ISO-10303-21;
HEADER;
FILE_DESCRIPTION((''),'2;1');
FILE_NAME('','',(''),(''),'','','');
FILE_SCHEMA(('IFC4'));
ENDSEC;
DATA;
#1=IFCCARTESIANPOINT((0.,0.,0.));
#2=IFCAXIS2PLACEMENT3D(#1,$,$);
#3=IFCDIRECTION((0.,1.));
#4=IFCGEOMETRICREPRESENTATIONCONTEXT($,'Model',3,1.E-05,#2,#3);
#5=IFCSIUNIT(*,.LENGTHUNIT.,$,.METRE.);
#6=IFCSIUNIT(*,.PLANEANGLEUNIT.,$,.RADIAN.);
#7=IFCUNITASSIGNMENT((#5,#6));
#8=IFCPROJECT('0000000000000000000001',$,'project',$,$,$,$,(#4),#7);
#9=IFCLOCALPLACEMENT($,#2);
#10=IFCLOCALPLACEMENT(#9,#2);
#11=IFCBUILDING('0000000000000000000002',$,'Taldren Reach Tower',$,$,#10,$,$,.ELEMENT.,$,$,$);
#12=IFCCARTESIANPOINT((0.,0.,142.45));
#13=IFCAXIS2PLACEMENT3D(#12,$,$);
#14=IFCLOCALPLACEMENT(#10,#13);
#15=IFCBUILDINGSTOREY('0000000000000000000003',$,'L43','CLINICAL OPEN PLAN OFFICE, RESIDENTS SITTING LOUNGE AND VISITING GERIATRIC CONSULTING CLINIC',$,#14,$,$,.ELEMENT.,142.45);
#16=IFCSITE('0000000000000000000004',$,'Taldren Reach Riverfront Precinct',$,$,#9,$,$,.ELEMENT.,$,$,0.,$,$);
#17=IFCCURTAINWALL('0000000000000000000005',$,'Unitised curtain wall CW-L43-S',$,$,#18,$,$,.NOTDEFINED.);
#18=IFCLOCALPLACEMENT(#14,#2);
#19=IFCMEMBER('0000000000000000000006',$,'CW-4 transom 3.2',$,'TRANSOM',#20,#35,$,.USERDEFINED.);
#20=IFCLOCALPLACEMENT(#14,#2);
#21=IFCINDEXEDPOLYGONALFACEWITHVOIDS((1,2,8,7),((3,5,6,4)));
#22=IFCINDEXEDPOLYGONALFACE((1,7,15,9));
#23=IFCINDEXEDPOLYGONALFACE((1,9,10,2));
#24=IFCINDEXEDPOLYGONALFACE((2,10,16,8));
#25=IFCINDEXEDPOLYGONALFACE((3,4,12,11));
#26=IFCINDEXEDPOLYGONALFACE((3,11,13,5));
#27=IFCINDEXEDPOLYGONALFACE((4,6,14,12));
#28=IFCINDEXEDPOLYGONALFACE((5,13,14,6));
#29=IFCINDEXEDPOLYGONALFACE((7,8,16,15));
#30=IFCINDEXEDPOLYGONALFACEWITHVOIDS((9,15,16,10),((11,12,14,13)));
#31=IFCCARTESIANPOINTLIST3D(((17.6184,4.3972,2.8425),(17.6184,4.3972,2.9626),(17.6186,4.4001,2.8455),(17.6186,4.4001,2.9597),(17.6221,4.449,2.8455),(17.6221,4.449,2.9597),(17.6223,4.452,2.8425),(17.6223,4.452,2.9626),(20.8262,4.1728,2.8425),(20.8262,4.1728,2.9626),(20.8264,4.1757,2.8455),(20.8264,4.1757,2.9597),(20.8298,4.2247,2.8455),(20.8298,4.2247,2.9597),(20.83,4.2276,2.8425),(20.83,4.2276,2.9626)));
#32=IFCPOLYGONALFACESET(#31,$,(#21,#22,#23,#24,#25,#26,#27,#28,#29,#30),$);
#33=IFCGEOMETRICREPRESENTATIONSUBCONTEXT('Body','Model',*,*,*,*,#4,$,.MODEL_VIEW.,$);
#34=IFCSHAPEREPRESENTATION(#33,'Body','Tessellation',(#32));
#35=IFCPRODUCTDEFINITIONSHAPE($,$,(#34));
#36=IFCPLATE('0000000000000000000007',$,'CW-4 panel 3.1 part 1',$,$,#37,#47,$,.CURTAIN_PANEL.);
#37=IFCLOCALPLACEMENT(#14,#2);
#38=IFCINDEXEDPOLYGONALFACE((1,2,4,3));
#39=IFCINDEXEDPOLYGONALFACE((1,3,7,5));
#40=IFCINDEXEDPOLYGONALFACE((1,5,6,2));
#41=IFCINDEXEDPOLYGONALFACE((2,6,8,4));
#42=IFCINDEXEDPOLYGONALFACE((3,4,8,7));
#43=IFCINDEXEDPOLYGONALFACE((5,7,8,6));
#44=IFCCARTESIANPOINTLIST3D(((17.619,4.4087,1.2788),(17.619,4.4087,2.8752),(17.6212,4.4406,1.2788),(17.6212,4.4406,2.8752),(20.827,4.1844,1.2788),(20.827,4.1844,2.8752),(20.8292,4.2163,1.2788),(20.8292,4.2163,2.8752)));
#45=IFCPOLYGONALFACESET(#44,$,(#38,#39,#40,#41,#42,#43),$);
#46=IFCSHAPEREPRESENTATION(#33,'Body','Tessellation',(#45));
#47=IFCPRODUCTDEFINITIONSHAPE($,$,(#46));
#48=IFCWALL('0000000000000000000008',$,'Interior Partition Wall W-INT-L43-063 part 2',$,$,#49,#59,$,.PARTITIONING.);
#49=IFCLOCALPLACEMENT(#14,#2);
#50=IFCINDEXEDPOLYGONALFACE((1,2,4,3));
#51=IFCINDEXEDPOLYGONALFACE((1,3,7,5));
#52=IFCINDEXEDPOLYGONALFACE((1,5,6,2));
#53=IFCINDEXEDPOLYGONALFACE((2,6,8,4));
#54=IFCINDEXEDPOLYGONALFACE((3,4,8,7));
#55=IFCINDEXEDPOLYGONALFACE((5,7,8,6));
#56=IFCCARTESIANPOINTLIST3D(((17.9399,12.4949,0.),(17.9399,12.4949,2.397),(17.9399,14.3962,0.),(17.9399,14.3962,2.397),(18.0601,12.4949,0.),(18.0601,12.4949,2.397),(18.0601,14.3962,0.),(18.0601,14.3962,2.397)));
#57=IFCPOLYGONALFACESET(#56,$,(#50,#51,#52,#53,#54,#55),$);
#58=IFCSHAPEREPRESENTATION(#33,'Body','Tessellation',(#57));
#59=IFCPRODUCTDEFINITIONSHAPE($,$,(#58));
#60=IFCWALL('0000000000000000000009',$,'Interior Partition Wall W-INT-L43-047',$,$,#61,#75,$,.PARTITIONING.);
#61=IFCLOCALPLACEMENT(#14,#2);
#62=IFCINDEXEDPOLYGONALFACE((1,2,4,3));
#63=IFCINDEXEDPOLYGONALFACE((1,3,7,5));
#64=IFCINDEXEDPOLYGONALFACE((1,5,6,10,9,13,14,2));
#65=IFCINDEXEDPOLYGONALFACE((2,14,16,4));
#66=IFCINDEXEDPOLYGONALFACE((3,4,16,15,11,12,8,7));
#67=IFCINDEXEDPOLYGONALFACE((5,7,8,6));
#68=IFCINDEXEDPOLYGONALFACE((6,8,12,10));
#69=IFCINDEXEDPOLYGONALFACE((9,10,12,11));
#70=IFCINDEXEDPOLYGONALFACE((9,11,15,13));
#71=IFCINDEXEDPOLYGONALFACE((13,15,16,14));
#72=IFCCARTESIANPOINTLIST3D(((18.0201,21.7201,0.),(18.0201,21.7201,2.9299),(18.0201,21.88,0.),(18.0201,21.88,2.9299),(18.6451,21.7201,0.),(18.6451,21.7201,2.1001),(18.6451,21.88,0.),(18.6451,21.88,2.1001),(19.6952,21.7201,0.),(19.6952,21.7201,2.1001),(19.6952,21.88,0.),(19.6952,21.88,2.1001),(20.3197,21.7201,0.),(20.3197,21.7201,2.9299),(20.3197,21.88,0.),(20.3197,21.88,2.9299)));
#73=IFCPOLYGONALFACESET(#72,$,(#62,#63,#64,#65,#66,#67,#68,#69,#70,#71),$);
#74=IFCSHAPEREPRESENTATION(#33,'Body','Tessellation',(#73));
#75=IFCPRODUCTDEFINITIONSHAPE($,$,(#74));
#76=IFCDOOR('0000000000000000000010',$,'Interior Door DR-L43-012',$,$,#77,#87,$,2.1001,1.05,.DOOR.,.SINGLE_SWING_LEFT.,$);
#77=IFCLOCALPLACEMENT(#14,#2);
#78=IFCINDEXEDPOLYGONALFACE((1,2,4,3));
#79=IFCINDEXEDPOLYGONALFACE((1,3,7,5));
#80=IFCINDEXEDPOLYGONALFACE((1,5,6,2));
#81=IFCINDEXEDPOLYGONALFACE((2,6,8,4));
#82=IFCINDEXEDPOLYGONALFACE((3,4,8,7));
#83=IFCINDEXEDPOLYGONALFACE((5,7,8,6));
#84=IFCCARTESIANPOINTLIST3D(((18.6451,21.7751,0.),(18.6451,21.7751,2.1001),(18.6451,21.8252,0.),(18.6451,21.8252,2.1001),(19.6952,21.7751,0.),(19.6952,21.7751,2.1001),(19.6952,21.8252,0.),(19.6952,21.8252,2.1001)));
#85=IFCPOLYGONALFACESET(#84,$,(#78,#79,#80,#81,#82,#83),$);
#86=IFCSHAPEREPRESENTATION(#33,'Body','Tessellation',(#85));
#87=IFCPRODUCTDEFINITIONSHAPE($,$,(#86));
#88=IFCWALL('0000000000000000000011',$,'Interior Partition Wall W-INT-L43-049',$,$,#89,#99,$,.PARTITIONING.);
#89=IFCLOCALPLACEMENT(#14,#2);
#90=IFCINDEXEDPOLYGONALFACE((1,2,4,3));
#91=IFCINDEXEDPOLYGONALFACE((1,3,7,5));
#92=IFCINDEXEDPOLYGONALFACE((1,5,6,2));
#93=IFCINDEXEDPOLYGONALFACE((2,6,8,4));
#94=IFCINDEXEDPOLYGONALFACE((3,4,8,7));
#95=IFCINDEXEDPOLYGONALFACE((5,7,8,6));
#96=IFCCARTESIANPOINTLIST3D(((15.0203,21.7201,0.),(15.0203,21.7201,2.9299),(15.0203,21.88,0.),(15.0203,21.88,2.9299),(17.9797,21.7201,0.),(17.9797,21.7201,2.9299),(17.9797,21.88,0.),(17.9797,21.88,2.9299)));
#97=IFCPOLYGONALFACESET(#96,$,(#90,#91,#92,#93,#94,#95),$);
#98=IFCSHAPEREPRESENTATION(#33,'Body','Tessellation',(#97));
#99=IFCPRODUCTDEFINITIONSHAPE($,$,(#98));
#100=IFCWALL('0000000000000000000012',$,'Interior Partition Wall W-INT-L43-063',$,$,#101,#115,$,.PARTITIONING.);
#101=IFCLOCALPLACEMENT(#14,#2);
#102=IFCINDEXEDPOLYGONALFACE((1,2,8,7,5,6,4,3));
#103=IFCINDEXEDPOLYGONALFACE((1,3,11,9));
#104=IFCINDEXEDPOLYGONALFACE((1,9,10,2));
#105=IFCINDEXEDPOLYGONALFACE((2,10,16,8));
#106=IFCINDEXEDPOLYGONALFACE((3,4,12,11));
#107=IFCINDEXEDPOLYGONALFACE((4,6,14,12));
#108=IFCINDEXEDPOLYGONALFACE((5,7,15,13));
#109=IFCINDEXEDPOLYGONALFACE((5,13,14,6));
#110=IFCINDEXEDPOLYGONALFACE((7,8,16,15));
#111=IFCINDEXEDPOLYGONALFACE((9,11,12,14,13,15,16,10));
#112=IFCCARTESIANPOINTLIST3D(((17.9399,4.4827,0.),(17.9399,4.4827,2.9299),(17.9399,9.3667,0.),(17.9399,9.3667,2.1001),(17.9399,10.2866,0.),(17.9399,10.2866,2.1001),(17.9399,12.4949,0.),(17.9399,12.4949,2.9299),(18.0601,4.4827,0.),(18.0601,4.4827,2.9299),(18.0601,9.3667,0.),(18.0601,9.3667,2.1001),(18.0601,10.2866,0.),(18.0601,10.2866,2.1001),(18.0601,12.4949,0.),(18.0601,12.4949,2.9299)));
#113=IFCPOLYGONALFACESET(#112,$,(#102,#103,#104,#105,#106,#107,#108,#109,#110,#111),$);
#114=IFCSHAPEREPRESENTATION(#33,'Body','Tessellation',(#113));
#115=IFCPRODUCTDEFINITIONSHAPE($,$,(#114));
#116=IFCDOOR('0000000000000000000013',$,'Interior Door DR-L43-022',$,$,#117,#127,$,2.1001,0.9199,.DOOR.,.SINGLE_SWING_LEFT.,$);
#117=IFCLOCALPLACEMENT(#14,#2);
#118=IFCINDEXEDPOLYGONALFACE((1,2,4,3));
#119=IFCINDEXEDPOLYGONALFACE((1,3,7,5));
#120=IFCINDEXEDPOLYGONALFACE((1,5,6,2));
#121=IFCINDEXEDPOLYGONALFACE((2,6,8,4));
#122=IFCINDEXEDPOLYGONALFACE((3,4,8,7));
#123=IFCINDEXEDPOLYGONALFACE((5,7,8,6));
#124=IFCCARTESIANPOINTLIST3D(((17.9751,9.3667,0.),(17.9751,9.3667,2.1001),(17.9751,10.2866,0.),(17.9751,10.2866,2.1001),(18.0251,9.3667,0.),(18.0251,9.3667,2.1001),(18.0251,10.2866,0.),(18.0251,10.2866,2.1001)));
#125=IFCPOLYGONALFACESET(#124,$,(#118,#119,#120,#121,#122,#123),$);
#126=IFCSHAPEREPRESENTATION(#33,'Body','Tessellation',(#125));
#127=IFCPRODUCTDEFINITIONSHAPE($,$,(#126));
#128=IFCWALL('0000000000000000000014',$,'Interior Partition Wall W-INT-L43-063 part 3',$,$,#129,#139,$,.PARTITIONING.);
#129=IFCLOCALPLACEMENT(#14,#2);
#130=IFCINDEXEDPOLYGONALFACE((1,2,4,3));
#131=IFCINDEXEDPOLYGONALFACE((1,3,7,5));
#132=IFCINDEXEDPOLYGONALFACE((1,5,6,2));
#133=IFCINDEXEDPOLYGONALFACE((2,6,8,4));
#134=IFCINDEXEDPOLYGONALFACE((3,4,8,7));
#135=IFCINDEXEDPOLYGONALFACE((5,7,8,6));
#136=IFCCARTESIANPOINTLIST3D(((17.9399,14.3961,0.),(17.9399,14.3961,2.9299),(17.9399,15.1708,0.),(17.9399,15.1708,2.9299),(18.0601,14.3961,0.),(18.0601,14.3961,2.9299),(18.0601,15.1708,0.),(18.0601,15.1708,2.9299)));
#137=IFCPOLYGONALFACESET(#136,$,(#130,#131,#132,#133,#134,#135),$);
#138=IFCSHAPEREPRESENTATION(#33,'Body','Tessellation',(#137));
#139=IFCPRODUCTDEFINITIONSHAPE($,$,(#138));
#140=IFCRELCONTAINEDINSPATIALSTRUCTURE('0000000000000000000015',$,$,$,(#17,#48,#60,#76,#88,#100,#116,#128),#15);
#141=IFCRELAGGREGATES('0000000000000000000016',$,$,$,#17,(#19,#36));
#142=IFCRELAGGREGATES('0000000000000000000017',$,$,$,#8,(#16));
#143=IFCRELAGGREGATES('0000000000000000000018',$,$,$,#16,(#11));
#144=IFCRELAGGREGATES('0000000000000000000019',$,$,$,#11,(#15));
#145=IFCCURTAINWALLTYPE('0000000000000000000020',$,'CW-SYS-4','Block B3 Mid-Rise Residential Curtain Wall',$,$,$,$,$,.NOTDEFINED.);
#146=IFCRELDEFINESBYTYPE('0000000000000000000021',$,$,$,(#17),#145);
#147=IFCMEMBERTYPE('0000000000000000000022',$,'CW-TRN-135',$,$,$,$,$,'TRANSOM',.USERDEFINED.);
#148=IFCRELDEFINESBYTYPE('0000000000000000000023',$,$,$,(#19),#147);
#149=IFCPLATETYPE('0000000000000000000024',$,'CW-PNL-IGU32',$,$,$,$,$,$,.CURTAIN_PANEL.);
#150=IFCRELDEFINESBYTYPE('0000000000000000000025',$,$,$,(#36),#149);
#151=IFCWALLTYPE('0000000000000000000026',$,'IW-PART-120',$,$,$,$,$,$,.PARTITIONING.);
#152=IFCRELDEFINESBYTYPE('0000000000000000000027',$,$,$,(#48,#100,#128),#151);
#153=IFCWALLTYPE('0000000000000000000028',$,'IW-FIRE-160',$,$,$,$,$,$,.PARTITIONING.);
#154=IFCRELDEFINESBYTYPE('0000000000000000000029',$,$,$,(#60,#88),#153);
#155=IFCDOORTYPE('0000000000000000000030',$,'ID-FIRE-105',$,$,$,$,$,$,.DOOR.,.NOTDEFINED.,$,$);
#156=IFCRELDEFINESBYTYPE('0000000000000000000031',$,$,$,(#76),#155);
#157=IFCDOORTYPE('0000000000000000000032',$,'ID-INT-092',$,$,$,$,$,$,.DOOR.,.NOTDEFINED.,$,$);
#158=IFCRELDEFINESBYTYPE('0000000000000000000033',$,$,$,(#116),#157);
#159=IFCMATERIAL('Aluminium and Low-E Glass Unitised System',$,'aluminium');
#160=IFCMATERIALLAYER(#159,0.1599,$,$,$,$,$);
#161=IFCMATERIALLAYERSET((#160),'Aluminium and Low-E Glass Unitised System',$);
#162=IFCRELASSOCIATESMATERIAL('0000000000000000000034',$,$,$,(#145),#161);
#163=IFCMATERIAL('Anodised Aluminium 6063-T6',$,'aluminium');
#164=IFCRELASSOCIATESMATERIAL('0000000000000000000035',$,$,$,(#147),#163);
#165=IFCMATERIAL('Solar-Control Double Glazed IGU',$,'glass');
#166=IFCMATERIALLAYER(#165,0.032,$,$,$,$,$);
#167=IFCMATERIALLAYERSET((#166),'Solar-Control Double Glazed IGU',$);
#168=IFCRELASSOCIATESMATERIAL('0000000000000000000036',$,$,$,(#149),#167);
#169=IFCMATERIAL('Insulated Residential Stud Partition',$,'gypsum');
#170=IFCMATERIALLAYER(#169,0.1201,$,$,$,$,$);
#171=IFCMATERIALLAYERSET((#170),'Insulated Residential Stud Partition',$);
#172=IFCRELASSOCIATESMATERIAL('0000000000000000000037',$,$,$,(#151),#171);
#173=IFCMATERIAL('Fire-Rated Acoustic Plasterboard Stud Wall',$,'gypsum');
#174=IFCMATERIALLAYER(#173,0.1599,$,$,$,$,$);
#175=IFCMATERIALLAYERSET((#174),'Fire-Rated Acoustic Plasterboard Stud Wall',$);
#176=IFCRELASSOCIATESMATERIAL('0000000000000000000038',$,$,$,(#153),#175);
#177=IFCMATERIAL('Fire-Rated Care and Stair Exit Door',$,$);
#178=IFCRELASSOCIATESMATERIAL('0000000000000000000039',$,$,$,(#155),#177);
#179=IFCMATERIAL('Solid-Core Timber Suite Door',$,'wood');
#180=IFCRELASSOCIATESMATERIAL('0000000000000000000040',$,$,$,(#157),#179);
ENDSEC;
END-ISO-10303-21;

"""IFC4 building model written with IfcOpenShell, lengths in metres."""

from ifc_helpers import new_model, si_unit, direction, frame, frame_2d, origin, origin_2d, place, context, subcontext, project, spatial, rectangle, hollow_rectangle, extrude, source, transform, mapped, material, layer, layer_set, material_profile, profile_set, type_object, element, fill, aggregate, save


model = new_model("IFC4")

# Units and contexts
model_context = context("Model", 3, precision=1e-05, world=origin(), true_north=direction((0.0, 1.0)))
body_context = subcontext(model_context, "Body", "Model", "MODEL_VIEW")
ifc_project = project(units=[si_unit("LENGTHUNIT", "METRE"), si_unit("PLANEANGLEUNIT", "RADIAN")], contexts=[model_context])

# Site, building, storey
site_placement = place(None, origin())
site = spatial("IfcSite", under=ifc_project, at=site_placement, Name="Taldren Reach Riverfront Precinct", CompositionType="ELEMENT", RefElevation=0.0)
building_placement = place(site_placement, origin())
building = spatial("IfcBuilding", under=site, at=building_placement, Name="Taldren Reach Tower", CompositionType="ELEMENT")
storey_placement = place(building_placement, frame((0.0, 0.0, 142.45)))
storey = spatial("IfcBuildingStorey", under=building, at=storey_placement, Name="L43", Description="CLINICAL OPEN PLAN OFFICE, RESIDENTS SITTING LOUNGE AND VISITING GERIATRIC CONSULTING CLINIC", CompositionType="ELEMENT", Elevation=142.45)

# Curtain wall, member, plate
ifc_material_1 = material(Name="Aluminium and Low-E Glass Unitised System", Category="aluminium")
ifc_layer_1 = layer(ifc_material_1, 0.1599)
ifc_layer_set_1 = layer_set([ifc_layer_1], Name="Aluminium and Low-E Glass Unitised System")
curtain_wall_type = type_object("IfcCurtainWallType", Name="CW-SYS-4", Description="Block B3 Mid-Rise Residential Curtain Wall", PredefinedType="NOTDEFINED", material=ifc_layer_set_1)
curtain_wall_placement = place(storey_placement, origin())
curtain_wall = element("IfcCurtainWall", 1, at=curtain_wall_placement, inside=storey, type_object=curtain_wall_type, Name="Unitised curtain wall CW-L43-S", PredefinedType="NOTDEFINED")
ifc_material_2 = material(Name="Anodised Aluminium 6063-T6", Category="aluminium")
ifc_material_profile_1 = material_profile(ifc_material_2, hollow_rectangle(XDim=0.0549, YDim=0.1201, WallThickness=0.0029, at=origin_2d()), Name="ALU-120x55x3RHS")
ifc_profile_set_1 = profile_set([ifc_material_profile_1], Name="Anodised Aluminium 6063-T6")
member_type_1 = type_object("IfcMemberType", Name="CW-TRN-135", ElementType="TRANSOM", PredefinedType="USERDEFINED", material=ifc_profile_set_1)
shared_shape_1 = source(origin(), body_context, "Body", "SweptSolid", [
    extrude(hollow_rectangle(XDim=0.0549, YDim=0.1201, WallThickness=0.0029, at=origin_2d()), origin(), (0.0, 0.0, 1.0), 3.2156),
])
member_1_placement = place(storey_placement, frame((17.6204, 4.4246, 2.9026), z_axis=(0.997563, -0.069774, 0.0), x_axis=(0.069774, 0.997563, 0.0)))
member_1 = element("IfcMember", 2, at=member_1_placement, type_object=member_type_1, Name="CW-4 transom 3.2", ObjectType="TRANSOM", PredefinedType="USERDEFINED", context=body_context, shape_type="MappedRepresentation", body=[
    mapped(shared_shape_1, transform((0.0, 0.0, 0.0), scale=1.0)),
])
ifc_material_3 = material(Name="Solar-Control Double Glazed IGU", Category="glass")
ifc_layer_2 = layer(ifc_material_3, 0.032)
ifc_layer_set_2 = layer_set([ifc_layer_2], Name="Solar-Control Double Glazed IGU")
plate_type = type_object("IfcPlateType", Name="CW-PNL-IGU32", PredefinedType="CURTAIN_PANEL", material=ifc_layer_set_2)
shared_shape_2 = source(origin(), body_context, "Body", "SweptSolid", [
    extrude(rectangle(XDim=3.2158, YDim=0.032, at=origin_2d()), origin(), (0.0, 0.0, 1.0), 1.5964),
])
plate_placement = place(storey_placement, frame((19.2241, 4.3125, 1.2788), z_axis=(0.0, 0.0, 1.0), x_axis=(0.997564, -0.069757, 0.0)))
plate = element("IfcPlate", 3, at=plate_placement, type_object=plate_type, Name="CW-4 panel 3.1 part 1", PredefinedType="CURTAIN_PANEL", context=body_context, shape_type="MappedRepresentation", body=[
    mapped(shared_shape_2, transform((0.0, 0.0, 0.0), scale=1.0)),
])
aggregate(curtain_wall, [member_1, plate])

# Wall
ifc_material_4 = material(Name="Insulated Residential Stud Partition", Category="gypsum")
ifc_layer_3 = layer(ifc_material_4, 0.1201)
ifc_layer_set_3 = layer_set([ifc_layer_3], Name="Insulated Residential Stud Partition")
wall_type_1 = type_object("IfcWallType", Name="IW-PART-120", PredefinedType="PARTITIONING", material=ifc_layer_set_3)
shared_shape_3 = source(origin(), body_context, "Body", "SweptSolid", [
    extrude(rectangle(XDim=1.9014, YDim=0.1201, at=frame_2d((0.9507, 0.0))), origin(), (0.0, 0.0, 1.0), 2.397),
])
wall_1_placement = place(storey_placement, frame((18.0, 12.4949, 0.0), z_axis=(0.0, 0.0, 1.0), x_axis=(0.0, 1.0, 0.0)))
element("IfcWall", 4, at=wall_1_placement, inside=storey, type_object=wall_type_1, Name="Interior Partition Wall W-INT-L43-063 part 2", PredefinedType="PARTITIONING", context=body_context, shape_type="MappedRepresentation", body=[
    mapped(shared_shape_3, transform((0.0, 0.0, 0.0), scale=1.0)),
])

# Wall, opening, door
ifc_material_5 = material(Name="Fire-Rated Acoustic Plasterboard Stud Wall", Category="gypsum")
ifc_layer_4 = layer(ifc_material_5, 0.1599)
ifc_layer_set_4 = layer_set([ifc_layer_4], Name="Fire-Rated Acoustic Plasterboard Stud Wall")
wall_type_2 = type_object("IfcWallType", Name="IW-FIRE-160", PredefinedType="PARTITIONING", material=ifc_layer_set_4)
shared_shape_4 = source(origin(), body_context, "Body", "SweptSolid", [
    extrude(rectangle(XDim=2.2996, YDim=0.1599, at=frame_2d((1.1499, 0.0))), origin(), (0.0, 0.0, 1.0), 2.9299),
])
wall_2_placement = place(storey_placement, frame((20.3198, 21.8, 0.0), z_axis=(0.0, 0.0, 1.0), x_axis=(-1.0, 0.0, 0.0)))
wall_2 = element("IfcWall", 5, at=wall_2_placement, inside=storey, type_object=wall_type_2, Name="Interior Partition Wall W-INT-L43-047", PredefinedType="PARTITIONING", context=body_context, shape_type="MappedRepresentation", body=[
    mapped(shared_shape_4, transform((0.0, 0.0, 0.0), scale=1.0)),
])
shared_shape_5 = source(origin(), body_context, "Body", "SweptSolid", [
    extrude(rectangle(XDim=1.05, YDim=2.1001, at=frame_2d((0.5249, 1.05))), frame((0.0, 0.0898, 0.0), z_axis=(0.0, -1.0, 0.0), x_axis=(1.0, 0.0, 0.0)), (0.0, 0.0, 1.0), 0.1799),
])
opening_1_placement = place(wall_2_placement, frame((0.6248, 0.0, 0.0)))
opening_1 = element("IfcOpeningElement", 6, at=opening_1_placement, cuts=wall_2, PredefinedType="OPENING", context=body_context, shape_type="MappedRepresentation", body=[
    mapped(shared_shape_5, transform((0.0, 0.0, 0.0), scale=1.0)),
])
ifc_material_6 = material(Name="Fire-Rated Care and Stair Exit Door")
door_type_1 = type_object("IfcDoorType", Name="ID-FIRE-105", OperationType="NOTDEFINED", PredefinedType="DOOR", material=ifc_material_6)
shared_shape_6 = source(origin(), body_context, "Body", "SweptSolid", [
    extrude(rectangle(XDim=1.05, YDim=2.1001, at=frame_2d((0.5249, 1.05))), frame((0.0, 0.0249, 0.0), z_axis=(0.0, -1.0, 0.0), x_axis=(1.0, 0.0, 0.0)), (0.0, 0.0, 1.0), 0.05),
])
door_1_placement = place(opening_1_placement, origin())
door_1 = element("IfcDoor", 7, at=door_1_placement, inside=storey, type_object=door_type_1, Name="Interior Door DR-L43-012", OperationType="SINGLE_SWING_LEFT", OverallHeight=2.1001, OverallWidth=1.05, PredefinedType="DOOR", context=body_context, shape_type="MappedRepresentation", body=[
    mapped(shared_shape_6, transform((0.0, 0.0, 0.0), scale=1.0)),
])
fill(opening_1, door_1)

# Wall
shared_shape_7 = source(origin(), body_context, "Body", "SweptSolid", [
    extrude(rectangle(XDim=2.9595, YDim=0.1599, at=frame_2d((1.4797, 0.0))), origin(), (0.0, 0.0, 1.0), 2.9299),
])
wall_3_placement = place(storey_placement, frame((17.9797, 21.8, 0.0), z_axis=(0.0, 0.0, 1.0), x_axis=(-1.0, 0.0, 0.0)))
element("IfcWall", 8, at=wall_3_placement, inside=storey, type_object=wall_type_2, Name="Interior Partition Wall W-INT-L43-049", PredefinedType="PARTITIONING", context=body_context, shape_type="MappedRepresentation", body=[
    mapped(shared_shape_7, transform((0.0, 0.0, 0.0), scale=1.0)),
])

# Wall, opening, door
shared_shape_8 = source(origin(), body_context, "Body", "SweptSolid", [
    extrude(rectangle(XDim=8.0122, YDim=0.1201, at=frame_2d((4.0061, 0.0))), origin(), (0.0, 0.0, 1.0), 2.9299),
])
wall_4_placement = place(storey_placement, frame((18.0, 4.4827, 0.0), z_axis=(0.0, 0.0, 1.0), x_axis=(0.0, 1.0, 0.0)))
wall_4 = element("IfcWall", 9, at=wall_4_placement, inside=storey, type_object=wall_type_1, Name="Interior Partition Wall W-INT-L43-063", PredefinedType="PARTITIONING", context=body_context, shape_type="MappedRepresentation", body=[
    mapped(shared_shape_8, transform((0.0, 0.0, 0.0), scale=1.0)),
])
shared_shape_9 = source(origin(), body_context, "Body", "SweptSolid", [
    extrude(rectangle(XDim=0.9199, YDim=2.1001, at=frame_2d((0.46, 1.05))), frame((0.0, 0.0701, 0.0), z_axis=(0.0, -1.0, 0.0), x_axis=(1.0, 0.0, 0.0)), (0.0, 0.0, 1.0), 0.1401),
])
opening_2_placement = place(wall_4_placement, frame((4.884, 0.0, 0.0)))
opening_2 = element("IfcOpeningElement", 10, at=opening_2_placement, cuts=wall_4, PredefinedType="OPENING", context=body_context, shape_type="MappedRepresentation", body=[
    mapped(shared_shape_9, transform((0.0, 0.0, 0.0), scale=1.0)),
])
ifc_material_7 = material(Name="Solid-Core Timber Suite Door", Category="wood")
door_type_2 = type_object("IfcDoorType", Name="ID-INT-092", OperationType="NOTDEFINED", PredefinedType="DOOR", material=ifc_material_7)
shared_shape_10 = source(origin(), body_context, "Body", "SweptSolid", [
    extrude(rectangle(XDim=0.9199, YDim=2.1001, at=frame_2d((0.46, 1.05))), frame((0.0, 0.0249, 0.0), z_axis=(0.0, -1.0, 0.0), x_axis=(1.0, 0.0, 0.0)), (0.0, 0.0, 1.0), 0.05),
])
door_2_placement = place(opening_2_placement, origin())
door_2 = element("IfcDoor", 11, at=door_2_placement, inside=storey, type_object=door_type_2, Name="Interior Door DR-L43-022", OperationType="SINGLE_SWING_LEFT", OverallHeight=2.1001, OverallWidth=0.9199, PredefinedType="DOOR", context=body_context, shape_type="MappedRepresentation", body=[
    mapped(shared_shape_10, transform((0.0, 0.0, 0.0), scale=1.0)),
])
fill(opening_2, door_2)

# Wall
shared_shape_11 = source(origin(), body_context, "Body", "SweptSolid", [
    extrude(rectangle(XDim=0.7747, YDim=0.1201, at=frame_2d((0.3872, 0.0))), origin(), (0.0, 0.0, 1.0), 2.9299),
])
wall_5_placement = place(storey_placement, frame((18.0, 14.3962, 0.0), z_axis=(0.0, 0.0, 1.0), x_axis=(0.0, 1.0, 0.0)))
element("IfcWall", 12, at=wall_5_placement, inside=storey, type_object=wall_type_1, Name="Interior Partition Wall W-INT-L43-063 part 3", PredefinedType="PARTITIONING", context=body_context, shape_type="MappedRepresentation", body=[
    mapped(shared_shape_11, transform((0.0, 0.0, 0.0), scale=1.0)),
])

save(model, "model.ifc")
